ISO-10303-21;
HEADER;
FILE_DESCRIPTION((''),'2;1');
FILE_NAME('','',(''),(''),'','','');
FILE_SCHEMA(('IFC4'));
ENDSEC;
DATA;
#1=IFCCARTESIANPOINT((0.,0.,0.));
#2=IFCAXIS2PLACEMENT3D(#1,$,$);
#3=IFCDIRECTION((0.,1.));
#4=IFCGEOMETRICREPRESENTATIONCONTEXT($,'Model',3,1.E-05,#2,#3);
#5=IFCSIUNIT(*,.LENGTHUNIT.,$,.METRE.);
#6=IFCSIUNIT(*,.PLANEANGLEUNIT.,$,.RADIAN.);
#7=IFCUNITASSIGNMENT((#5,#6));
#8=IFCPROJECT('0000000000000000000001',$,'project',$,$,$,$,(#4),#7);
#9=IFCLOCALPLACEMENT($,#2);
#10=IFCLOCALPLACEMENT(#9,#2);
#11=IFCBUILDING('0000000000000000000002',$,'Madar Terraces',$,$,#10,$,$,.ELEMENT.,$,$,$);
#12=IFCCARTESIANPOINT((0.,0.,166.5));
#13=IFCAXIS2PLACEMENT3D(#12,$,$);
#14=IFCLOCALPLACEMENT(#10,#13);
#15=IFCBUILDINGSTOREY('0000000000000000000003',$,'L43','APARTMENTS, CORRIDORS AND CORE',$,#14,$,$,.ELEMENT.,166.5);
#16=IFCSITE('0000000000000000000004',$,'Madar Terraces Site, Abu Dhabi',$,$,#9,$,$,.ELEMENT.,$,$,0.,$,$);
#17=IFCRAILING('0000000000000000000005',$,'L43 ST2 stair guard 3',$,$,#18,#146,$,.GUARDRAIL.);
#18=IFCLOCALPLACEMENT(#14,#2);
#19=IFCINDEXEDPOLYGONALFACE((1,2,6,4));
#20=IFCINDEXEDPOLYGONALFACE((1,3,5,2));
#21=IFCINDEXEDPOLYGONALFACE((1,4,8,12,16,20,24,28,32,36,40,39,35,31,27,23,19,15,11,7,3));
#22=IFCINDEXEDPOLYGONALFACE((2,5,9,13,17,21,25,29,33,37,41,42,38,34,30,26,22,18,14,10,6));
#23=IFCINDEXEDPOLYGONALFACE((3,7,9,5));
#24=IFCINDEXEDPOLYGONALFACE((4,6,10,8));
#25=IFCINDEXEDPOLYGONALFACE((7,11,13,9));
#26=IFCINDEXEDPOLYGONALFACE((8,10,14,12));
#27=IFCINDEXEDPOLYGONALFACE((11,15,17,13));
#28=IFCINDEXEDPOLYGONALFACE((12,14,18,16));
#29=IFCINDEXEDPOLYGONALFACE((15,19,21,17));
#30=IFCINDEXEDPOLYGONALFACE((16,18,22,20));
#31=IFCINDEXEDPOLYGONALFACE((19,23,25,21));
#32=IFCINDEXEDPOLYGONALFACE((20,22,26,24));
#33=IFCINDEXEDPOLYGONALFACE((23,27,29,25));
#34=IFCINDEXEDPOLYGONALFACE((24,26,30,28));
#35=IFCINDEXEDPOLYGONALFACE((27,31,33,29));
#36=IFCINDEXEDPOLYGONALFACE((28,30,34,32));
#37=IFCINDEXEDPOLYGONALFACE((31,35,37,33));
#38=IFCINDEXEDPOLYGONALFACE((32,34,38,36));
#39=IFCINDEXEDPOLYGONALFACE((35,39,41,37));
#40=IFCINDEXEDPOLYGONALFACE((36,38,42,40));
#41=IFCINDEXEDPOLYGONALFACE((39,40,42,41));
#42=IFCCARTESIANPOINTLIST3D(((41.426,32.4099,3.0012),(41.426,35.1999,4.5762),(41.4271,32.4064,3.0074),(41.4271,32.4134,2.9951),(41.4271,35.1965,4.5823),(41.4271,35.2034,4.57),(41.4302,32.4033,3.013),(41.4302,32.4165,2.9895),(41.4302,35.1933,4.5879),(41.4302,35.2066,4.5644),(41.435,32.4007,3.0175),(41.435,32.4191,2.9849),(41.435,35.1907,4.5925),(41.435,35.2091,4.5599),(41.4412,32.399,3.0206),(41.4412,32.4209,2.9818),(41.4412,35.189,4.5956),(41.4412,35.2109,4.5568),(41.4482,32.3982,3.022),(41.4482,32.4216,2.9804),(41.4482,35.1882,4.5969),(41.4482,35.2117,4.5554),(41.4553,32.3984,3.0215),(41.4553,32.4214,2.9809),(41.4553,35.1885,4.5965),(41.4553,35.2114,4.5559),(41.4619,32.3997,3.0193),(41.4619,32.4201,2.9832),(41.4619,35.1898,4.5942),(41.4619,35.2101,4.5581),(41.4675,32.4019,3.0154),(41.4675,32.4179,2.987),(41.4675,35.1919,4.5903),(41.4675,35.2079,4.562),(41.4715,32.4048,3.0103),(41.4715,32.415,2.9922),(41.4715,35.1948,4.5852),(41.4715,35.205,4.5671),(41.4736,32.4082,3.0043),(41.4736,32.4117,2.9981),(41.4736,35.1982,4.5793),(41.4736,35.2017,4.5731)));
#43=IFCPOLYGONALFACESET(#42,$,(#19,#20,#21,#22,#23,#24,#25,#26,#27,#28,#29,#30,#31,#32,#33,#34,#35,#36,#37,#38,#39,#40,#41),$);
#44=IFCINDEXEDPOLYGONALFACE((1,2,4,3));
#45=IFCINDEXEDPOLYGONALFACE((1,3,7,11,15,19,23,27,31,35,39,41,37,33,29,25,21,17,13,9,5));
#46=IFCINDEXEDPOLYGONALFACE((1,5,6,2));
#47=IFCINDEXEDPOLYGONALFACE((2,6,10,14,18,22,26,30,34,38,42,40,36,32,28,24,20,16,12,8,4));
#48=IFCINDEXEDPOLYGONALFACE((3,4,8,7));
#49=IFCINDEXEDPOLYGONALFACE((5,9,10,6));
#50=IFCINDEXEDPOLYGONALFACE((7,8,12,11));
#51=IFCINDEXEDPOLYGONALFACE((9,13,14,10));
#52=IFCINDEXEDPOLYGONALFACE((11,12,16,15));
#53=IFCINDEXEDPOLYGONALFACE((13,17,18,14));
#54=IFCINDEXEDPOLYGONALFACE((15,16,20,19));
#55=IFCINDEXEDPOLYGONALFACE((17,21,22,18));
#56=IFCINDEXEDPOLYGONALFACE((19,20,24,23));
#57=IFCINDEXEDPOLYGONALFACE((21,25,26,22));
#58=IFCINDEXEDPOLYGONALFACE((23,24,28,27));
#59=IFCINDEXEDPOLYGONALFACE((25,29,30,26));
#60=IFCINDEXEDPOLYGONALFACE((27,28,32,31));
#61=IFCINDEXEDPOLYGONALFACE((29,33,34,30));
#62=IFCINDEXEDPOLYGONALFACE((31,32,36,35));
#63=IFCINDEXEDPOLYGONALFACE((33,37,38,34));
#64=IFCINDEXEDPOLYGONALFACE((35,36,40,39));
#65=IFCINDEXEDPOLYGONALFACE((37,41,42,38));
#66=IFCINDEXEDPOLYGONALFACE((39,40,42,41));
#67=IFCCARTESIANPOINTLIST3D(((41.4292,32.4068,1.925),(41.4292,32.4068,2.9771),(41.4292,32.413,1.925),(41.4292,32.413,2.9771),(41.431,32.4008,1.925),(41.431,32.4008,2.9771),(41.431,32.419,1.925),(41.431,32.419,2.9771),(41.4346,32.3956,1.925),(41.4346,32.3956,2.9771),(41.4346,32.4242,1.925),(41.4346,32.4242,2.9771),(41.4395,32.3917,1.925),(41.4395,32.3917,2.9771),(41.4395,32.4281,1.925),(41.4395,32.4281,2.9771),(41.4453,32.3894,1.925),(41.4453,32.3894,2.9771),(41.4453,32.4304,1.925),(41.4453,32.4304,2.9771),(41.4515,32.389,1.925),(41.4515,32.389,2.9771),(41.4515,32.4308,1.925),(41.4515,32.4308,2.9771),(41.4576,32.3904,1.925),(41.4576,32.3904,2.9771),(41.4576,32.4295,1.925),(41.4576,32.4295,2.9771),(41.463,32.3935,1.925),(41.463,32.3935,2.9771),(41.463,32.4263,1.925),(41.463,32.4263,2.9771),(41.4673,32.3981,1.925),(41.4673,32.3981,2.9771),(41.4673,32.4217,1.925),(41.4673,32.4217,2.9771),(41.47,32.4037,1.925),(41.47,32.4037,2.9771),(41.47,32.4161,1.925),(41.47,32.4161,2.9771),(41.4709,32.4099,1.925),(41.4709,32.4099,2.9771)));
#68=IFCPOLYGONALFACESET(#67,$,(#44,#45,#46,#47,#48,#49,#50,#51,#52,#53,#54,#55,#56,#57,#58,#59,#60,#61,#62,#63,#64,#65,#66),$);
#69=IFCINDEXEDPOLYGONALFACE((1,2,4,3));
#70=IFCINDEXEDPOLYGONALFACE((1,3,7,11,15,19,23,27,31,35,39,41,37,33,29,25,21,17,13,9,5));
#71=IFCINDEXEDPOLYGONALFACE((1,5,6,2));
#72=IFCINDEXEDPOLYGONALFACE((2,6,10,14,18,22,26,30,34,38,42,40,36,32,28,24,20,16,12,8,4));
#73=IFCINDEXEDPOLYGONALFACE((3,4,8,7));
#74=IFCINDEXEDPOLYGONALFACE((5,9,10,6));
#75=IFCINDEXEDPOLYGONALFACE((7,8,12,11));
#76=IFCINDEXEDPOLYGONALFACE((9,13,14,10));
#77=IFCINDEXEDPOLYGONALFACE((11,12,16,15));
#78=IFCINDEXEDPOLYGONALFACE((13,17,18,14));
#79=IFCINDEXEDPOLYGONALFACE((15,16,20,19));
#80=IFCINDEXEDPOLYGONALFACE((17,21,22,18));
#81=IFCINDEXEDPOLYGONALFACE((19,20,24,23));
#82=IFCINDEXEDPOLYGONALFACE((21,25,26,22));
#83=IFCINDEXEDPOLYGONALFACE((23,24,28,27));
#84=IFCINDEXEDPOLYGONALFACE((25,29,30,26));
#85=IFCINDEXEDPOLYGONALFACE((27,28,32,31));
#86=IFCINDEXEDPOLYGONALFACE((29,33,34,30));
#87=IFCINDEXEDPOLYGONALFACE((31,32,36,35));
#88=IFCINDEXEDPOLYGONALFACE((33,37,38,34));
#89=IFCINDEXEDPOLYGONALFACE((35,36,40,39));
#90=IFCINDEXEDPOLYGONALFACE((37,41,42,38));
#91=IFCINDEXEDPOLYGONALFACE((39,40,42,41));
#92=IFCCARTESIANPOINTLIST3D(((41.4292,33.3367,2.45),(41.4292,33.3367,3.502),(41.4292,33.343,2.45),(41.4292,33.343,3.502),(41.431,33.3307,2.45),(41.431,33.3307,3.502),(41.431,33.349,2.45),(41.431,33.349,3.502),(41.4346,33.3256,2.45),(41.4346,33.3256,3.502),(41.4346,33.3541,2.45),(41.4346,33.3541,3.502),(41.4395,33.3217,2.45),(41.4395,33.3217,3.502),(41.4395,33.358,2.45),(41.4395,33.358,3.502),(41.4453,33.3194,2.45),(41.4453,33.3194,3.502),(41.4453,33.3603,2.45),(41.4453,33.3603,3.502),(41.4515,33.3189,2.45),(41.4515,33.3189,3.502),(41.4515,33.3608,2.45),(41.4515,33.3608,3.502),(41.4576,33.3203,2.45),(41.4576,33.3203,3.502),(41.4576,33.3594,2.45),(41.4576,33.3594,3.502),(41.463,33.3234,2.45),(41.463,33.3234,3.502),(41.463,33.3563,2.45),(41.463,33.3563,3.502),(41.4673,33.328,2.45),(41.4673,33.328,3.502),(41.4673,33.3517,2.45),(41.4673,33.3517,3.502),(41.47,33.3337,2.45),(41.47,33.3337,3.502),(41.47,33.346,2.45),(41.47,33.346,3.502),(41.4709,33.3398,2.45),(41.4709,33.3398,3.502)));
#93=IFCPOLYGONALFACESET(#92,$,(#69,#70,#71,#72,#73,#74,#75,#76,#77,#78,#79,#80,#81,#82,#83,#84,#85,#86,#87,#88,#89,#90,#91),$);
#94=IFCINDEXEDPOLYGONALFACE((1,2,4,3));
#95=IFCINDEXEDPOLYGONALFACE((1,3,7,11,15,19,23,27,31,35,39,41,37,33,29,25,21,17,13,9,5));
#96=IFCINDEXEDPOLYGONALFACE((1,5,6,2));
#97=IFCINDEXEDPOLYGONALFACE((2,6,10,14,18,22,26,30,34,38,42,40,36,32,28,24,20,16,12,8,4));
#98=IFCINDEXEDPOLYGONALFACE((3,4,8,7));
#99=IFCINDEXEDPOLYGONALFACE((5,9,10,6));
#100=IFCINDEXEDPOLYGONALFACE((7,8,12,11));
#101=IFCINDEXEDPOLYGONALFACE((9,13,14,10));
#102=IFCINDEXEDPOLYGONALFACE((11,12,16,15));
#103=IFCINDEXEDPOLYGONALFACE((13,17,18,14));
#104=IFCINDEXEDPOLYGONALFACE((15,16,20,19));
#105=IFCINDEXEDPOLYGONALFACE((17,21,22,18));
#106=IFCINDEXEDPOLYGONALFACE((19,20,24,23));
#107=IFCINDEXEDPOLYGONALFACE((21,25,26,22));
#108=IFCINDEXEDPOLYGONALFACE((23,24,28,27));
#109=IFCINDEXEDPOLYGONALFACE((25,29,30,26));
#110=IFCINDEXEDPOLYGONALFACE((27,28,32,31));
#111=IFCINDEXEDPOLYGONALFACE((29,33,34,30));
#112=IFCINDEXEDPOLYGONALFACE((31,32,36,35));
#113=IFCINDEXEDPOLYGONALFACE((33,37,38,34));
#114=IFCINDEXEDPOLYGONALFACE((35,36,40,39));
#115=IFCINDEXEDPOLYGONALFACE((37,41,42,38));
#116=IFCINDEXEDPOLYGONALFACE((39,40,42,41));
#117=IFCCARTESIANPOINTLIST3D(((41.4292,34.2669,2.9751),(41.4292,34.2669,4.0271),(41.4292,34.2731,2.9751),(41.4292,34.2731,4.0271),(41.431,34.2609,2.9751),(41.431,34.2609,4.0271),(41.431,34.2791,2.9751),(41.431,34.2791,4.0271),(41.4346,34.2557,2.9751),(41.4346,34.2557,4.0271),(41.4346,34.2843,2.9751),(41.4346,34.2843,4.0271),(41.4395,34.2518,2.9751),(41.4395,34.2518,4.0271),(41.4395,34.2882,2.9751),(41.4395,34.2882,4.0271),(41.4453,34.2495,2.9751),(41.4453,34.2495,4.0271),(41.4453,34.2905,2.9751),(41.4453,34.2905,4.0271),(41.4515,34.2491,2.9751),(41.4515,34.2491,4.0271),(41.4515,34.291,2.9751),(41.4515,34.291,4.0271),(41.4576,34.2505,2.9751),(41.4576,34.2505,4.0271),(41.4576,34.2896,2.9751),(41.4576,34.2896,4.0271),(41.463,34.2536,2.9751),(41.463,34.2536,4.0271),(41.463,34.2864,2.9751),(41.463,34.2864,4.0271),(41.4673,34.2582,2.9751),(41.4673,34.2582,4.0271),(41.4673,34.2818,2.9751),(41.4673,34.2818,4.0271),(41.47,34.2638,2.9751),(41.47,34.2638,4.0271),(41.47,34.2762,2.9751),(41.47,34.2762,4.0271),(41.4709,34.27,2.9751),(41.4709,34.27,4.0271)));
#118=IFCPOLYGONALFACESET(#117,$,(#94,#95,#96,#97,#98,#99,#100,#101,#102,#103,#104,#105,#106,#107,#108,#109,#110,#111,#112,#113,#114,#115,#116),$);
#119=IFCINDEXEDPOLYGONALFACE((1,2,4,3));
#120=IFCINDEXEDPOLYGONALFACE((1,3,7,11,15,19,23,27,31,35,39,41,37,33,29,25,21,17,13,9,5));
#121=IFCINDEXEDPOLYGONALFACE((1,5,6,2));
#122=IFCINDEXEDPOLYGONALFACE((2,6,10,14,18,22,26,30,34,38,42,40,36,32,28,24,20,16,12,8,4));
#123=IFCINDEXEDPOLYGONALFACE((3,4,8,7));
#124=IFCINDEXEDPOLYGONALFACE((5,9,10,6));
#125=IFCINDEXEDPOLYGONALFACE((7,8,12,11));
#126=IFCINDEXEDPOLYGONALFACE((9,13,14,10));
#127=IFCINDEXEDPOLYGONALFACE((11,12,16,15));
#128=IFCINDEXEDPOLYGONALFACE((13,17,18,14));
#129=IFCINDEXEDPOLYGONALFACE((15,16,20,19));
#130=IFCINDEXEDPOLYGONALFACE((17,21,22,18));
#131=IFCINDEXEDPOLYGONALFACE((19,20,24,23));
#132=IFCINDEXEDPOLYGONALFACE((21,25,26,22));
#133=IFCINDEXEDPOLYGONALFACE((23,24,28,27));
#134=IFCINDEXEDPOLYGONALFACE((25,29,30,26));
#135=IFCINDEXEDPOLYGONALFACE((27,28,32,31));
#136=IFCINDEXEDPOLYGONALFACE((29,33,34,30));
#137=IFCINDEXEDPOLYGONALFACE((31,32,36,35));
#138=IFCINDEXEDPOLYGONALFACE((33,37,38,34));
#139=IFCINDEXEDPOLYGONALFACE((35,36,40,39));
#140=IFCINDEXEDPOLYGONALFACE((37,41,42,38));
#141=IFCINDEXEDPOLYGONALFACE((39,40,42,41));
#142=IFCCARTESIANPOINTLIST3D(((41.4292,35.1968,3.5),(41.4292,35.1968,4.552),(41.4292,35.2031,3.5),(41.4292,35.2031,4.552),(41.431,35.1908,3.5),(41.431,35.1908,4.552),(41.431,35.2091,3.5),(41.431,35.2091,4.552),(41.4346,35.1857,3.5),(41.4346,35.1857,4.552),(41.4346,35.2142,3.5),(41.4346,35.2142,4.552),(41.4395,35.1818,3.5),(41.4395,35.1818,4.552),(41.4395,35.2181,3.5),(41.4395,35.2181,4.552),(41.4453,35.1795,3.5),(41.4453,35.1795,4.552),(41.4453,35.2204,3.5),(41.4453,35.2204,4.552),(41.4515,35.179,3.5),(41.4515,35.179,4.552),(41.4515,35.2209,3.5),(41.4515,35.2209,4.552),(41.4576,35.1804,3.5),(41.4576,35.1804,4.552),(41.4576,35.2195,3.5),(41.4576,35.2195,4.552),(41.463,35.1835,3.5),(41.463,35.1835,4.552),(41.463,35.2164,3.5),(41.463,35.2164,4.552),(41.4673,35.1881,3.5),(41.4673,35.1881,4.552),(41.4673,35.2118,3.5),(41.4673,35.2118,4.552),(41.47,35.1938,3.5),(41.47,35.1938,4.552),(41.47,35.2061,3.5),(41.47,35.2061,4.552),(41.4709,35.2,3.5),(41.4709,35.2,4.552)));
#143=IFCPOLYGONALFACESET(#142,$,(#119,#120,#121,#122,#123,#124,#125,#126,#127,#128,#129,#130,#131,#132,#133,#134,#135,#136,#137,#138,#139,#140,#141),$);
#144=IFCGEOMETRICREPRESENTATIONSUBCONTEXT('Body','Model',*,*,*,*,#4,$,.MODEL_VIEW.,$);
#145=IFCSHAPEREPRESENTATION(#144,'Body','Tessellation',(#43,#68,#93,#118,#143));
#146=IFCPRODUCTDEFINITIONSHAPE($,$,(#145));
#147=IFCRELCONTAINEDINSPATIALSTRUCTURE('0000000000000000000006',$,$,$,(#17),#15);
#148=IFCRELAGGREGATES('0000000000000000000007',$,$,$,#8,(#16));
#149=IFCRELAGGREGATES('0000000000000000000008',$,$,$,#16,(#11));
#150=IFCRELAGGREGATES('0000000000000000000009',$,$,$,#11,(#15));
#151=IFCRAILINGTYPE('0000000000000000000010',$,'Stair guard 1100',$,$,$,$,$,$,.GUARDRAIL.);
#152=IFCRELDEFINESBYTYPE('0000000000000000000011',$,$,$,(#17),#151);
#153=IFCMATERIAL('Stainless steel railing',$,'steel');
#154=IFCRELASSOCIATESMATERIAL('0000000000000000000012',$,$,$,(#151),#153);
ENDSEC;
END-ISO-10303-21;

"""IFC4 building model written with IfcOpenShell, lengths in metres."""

from ifc_helpers import new_model, si_unit, direction, frame, origin, origin_2d, place, context, subcontext, project, spatial, circle, extrude, material, type_object, element, save


model = new_model("IFC4")

# Units and contexts
model_context = context("Model", 3, precision=1e-05, world=origin(), true_north=direction((0.0, 1.0)))
body_context = subcontext(model_context, "Body", "Model", "MODEL_VIEW")
ifc_project = project(units=[si_unit("LENGTHUNIT", "METRE"), si_unit("PLANEANGLEUNIT", "RADIAN")], contexts=[model_context])

# Site, building, storey
site_placement = place(None, origin())
site = spatial("IfcSite", under=ifc_project, at=site_placement, Name="Madar Terraces Site, Abu Dhabi", CompositionType="ELEMENT", RefElevation=0.0)
building_placement = place(site_placement, origin())
building = spatial("IfcBuilding", under=site, at=building_placement, Name="Madar Terraces", CompositionType="ELEMENT")
storey_placement = place(building_placement, frame((0.0, 0.0, 166.5)))
storey = spatial("IfcBuildingStorey", under=building, at=storey_placement, Name="L43", Description="APARTMENTS, CORRIDORS AND CORE", CompositionType="ELEMENT", Elevation=166.5)

# Railing
ifc_material_1 = material(Name="Stainless steel railing", Category="steel")
railing_type_1 = type_object("IfcRailingType", Name="Stair guard 1100", PredefinedType="GUARDRAIL", material=ifc_material_1)
railing_1_placement = place(storey_placement, frame((41.45, 32.4099, 1.925)))
element("IfcRailing", 1, at=railing_1_placement, inside=storey, type_object=railing_type_1, Name="L43 ST2 stair guard 3", PredefinedType="GUARDRAIL", context=body_context, shape_type="SweptSolid", body=[
    extrude(circle(Radius=0.0239, at=origin_2d()), frame((0.0, 0.0, 1.0762), z_axis=(0.0, 0.870834, 0.491578), x_axis=(-1.0, 0.0, 0.0)), (0.0, 0.0, 1.0), 3.2039),
    extrude(circle(Radius=0.021, at=origin_2d()), origin(), (0.0, 0.0, 1.0), 1.052),
    extrude(circle(Radius=0.021, at=origin_2d()), frame((0.0, 0.9299, 0.5249)), (0.0, 0.0, 1.0), 1.052),
    extrude(circle(Radius=0.021, at=origin_2d()), frame((0.0, 1.8601, 1.05)), (0.0, 0.0, 1.0), 1.052),
    extrude(circle(Radius=0.021, at=origin_2d()), frame((0.0, 2.79, 1.575)), (0.0, 0.0, 1.0), 1.052),
])

save(model, "model.ifc")
